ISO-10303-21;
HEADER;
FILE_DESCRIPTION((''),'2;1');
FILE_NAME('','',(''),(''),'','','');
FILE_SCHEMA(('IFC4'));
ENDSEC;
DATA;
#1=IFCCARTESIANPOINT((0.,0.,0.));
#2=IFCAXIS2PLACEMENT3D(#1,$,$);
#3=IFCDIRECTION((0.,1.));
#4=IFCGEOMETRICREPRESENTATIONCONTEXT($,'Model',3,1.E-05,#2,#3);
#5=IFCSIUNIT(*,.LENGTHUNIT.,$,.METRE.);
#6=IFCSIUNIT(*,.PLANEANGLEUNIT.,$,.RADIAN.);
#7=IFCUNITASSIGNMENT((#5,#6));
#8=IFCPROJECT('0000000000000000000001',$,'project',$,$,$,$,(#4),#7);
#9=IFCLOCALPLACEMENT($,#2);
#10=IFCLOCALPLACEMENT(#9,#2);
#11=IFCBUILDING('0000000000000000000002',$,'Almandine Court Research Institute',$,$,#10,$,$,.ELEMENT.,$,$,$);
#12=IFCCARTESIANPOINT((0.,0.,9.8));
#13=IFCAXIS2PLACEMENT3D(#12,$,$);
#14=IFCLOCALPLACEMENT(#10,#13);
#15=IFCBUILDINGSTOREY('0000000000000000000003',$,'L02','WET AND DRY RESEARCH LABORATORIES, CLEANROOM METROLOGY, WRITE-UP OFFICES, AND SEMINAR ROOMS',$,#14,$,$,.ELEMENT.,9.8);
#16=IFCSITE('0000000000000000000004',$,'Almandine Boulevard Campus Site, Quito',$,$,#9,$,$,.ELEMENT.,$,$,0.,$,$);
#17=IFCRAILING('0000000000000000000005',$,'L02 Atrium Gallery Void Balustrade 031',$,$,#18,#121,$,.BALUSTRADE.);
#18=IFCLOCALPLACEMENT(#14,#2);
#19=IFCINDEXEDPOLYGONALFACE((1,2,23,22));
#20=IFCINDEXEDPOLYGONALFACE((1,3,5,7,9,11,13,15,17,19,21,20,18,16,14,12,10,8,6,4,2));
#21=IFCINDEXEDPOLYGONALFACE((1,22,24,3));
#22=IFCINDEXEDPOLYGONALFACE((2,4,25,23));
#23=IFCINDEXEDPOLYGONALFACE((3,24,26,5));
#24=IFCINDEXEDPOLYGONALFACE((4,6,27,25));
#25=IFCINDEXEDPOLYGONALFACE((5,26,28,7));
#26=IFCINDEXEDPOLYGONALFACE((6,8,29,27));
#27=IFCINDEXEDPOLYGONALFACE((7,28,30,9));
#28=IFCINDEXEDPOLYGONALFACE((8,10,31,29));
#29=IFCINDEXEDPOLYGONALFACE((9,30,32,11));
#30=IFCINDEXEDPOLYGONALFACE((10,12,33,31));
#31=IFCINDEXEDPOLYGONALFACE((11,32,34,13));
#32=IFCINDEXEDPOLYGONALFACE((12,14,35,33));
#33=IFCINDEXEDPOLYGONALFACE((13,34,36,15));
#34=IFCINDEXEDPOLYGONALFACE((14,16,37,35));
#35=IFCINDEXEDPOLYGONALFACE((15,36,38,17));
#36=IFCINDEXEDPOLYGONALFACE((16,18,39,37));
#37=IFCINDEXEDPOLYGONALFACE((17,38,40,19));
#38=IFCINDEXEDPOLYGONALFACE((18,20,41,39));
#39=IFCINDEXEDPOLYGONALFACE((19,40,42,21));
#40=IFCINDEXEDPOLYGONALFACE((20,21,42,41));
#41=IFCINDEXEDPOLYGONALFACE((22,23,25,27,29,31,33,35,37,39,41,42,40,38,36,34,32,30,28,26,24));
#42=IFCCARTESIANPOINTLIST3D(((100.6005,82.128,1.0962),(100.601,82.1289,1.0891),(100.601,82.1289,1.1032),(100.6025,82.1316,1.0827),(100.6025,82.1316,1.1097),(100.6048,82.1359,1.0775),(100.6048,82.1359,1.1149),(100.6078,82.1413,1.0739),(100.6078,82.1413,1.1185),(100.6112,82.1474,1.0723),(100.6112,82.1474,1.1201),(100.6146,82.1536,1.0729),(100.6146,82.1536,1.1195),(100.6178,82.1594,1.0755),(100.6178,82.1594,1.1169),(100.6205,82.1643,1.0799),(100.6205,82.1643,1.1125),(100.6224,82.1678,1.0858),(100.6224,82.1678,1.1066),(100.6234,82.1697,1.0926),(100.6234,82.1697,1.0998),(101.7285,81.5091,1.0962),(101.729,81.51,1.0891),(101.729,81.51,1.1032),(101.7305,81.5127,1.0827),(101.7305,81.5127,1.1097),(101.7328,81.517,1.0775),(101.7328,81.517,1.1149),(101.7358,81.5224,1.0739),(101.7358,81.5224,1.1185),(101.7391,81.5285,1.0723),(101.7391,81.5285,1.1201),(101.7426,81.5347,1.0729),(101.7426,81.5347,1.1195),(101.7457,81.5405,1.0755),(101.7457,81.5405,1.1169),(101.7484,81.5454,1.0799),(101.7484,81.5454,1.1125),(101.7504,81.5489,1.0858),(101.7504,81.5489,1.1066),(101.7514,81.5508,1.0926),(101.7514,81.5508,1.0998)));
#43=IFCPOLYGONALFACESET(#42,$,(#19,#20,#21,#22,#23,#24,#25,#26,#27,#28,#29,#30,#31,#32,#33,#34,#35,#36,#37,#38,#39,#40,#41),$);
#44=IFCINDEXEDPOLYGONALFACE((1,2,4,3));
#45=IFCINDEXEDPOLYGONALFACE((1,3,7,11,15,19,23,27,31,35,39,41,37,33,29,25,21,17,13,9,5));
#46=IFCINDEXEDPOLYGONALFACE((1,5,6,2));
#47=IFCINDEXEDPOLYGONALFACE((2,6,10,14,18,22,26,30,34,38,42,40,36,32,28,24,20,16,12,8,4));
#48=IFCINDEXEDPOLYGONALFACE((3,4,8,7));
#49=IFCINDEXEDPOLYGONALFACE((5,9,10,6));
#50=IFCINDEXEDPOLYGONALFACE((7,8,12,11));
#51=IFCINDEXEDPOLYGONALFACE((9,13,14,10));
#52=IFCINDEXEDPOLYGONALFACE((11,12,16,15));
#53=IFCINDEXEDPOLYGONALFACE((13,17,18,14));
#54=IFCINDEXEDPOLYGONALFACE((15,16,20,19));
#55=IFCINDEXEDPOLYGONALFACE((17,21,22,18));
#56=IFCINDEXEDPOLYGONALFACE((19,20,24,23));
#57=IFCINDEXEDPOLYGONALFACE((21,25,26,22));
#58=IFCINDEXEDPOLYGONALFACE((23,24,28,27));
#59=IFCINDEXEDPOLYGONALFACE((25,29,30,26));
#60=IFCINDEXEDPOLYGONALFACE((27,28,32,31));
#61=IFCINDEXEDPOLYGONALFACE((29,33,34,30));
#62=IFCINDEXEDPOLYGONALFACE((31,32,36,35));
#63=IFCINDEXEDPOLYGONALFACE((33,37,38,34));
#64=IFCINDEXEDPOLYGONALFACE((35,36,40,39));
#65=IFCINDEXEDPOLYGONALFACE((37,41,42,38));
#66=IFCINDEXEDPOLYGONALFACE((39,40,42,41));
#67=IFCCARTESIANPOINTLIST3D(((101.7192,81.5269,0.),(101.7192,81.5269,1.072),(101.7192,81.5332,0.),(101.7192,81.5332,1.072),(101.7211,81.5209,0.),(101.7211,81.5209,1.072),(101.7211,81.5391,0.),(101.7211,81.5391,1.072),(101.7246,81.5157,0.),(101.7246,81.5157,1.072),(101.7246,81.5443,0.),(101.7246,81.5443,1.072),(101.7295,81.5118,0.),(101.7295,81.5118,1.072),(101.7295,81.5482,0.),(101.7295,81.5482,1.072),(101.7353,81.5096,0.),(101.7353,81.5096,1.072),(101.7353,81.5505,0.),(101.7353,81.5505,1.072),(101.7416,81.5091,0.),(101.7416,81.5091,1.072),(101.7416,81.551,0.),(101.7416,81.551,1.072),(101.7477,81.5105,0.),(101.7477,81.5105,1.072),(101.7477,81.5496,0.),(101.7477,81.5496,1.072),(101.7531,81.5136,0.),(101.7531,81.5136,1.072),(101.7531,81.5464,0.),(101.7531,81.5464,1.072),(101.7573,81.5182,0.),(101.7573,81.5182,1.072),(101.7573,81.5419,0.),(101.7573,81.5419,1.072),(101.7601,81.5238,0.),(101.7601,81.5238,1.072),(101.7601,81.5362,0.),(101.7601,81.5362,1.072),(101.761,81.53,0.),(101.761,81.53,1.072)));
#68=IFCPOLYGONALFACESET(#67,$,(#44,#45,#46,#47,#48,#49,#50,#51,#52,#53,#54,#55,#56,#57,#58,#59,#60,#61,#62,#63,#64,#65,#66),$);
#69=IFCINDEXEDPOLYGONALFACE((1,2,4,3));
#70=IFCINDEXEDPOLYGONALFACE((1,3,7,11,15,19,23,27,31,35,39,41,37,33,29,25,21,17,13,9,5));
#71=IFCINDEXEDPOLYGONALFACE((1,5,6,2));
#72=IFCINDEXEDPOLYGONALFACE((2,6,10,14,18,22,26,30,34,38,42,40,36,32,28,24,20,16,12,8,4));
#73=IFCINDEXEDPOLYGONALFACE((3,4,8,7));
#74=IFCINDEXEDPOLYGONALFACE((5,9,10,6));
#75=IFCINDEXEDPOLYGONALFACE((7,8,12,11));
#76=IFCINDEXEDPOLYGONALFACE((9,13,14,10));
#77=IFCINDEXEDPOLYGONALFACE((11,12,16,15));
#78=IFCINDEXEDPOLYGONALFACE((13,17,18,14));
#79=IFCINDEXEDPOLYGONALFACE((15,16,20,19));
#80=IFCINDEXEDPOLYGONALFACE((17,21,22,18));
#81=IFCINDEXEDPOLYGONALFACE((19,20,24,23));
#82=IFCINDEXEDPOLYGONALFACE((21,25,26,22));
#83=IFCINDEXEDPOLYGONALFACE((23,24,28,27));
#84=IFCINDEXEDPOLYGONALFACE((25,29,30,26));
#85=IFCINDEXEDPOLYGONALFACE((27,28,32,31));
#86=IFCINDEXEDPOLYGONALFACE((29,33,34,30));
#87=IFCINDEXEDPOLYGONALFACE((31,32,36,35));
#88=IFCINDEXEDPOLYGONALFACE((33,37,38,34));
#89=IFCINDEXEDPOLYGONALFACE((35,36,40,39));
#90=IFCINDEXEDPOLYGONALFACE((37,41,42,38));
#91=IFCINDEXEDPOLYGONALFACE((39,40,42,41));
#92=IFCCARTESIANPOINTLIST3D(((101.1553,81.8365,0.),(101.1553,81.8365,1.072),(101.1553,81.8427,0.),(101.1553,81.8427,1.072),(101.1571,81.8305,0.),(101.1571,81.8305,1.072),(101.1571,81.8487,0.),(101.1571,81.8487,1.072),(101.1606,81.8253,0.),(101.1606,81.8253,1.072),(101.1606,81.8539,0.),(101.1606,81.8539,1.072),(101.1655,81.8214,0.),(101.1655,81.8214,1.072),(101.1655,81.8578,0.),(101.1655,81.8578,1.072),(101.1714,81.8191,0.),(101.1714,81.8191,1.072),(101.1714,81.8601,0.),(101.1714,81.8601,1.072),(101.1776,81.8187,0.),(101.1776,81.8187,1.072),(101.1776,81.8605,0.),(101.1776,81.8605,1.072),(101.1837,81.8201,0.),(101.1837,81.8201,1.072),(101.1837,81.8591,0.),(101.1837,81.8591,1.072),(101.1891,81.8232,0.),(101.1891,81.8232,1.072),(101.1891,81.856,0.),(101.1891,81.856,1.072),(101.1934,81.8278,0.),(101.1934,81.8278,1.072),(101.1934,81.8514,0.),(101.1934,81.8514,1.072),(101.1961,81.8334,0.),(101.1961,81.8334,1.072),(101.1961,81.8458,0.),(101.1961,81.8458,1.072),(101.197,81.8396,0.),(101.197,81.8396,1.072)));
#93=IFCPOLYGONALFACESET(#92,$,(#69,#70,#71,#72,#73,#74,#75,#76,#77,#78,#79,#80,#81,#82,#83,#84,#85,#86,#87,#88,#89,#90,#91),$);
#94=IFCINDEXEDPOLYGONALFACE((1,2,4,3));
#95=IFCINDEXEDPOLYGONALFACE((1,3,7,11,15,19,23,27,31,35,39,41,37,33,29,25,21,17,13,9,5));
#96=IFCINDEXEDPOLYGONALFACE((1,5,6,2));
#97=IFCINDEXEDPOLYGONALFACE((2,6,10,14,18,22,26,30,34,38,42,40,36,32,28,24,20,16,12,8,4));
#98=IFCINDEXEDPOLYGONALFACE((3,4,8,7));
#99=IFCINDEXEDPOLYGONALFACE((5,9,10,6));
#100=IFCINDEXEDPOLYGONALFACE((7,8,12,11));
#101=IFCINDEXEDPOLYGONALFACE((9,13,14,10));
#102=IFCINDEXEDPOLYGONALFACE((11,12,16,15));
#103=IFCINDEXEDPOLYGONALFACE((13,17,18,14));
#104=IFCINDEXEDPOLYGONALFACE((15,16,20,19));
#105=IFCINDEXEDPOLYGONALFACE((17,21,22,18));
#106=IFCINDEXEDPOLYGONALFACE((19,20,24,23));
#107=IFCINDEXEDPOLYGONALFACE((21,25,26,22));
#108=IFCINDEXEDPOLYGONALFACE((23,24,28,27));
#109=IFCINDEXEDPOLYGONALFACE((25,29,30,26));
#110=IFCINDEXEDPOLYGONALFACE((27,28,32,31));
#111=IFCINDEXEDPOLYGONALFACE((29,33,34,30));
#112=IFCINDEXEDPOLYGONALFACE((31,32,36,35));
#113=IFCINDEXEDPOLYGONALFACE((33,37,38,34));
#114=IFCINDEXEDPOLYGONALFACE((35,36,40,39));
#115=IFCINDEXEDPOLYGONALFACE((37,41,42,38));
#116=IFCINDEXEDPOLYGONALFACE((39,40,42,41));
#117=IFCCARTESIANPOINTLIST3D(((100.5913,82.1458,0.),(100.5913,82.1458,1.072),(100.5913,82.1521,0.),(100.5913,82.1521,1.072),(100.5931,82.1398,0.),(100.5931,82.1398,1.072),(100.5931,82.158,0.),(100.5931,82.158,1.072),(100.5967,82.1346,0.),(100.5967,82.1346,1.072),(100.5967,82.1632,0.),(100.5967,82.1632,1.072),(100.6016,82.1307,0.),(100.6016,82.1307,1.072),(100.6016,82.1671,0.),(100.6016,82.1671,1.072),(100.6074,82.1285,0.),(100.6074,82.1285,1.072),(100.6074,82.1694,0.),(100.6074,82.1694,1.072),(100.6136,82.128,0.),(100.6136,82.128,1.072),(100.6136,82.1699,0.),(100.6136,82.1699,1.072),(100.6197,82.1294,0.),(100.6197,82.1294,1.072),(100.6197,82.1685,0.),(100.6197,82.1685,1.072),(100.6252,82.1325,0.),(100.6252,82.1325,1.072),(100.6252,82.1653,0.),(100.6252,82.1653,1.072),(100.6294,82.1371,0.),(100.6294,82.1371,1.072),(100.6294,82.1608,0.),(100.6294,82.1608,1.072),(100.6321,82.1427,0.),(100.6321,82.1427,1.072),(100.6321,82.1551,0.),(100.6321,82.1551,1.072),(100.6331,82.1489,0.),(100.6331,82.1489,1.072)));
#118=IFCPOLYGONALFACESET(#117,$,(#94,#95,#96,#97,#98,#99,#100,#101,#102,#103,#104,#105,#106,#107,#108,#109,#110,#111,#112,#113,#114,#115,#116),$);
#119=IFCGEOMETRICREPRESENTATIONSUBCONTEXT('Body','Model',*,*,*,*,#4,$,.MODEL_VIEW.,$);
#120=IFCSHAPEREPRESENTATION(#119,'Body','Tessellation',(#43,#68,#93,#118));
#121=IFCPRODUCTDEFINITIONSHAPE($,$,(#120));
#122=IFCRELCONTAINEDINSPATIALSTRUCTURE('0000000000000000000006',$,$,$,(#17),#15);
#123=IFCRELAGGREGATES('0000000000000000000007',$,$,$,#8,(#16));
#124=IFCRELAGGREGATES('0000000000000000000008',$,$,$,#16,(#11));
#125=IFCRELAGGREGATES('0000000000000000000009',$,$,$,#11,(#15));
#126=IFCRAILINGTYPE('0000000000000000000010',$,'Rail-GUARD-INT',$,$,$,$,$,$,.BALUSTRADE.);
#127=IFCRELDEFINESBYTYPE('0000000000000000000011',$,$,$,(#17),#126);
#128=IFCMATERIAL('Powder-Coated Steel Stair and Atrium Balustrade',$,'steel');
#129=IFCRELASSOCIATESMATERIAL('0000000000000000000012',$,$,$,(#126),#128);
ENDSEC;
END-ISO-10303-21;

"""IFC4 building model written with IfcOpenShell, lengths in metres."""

from ifc_helpers import new_model, si_unit, direction, frame, origin, origin_2d, place, context, subcontext, project, spatial, circle, extrude, material, type_object, element, save


model = new_model("IFC4")

# Units and contexts
model_context = context("Model", 3, precision=1e-05, world=origin(), true_north=direction((0.0, 1.0)))
body_context = subcontext(model_context, "Body", "Model", "MODEL_VIEW")
ifc_project = project(units=[si_unit("LENGTHUNIT", "METRE"), si_unit("PLANEANGLEUNIT", "RADIAN")], contexts=[model_context])

# Site, building, storey
site_placement = place(None, origin())
site = spatial("IfcSite", under=ifc_project, at=site_placement, Name="Almandine Boulevard Campus Site, Quito", CompositionType="ELEMENT", RefElevation=0.0)
building_placement = place(site_placement, origin())
building = spatial("IfcBuilding", under=site, at=building_placement, Name="Almandine Court Research Institute", CompositionType="ELEMENT")
storey_placement = place(building_placement, frame((0.0, 0.0, 9.8)))
storey = spatial("IfcBuildingStorey", under=building, at=storey_placement, Name="L02", Description="WET AND DRY RESEARCH LABORATORIES, CLEANROOM METROLOGY, WRITE-UP OFFICES, AND SEMINAR ROOMS", CompositionType="ELEMENT", Elevation=9.8)

# Railing
ifc_material_1 = material(Name="Powder-Coated Steel Stair and Atrium Balustrade", Category="steel")
railing_type = type_object("IfcRailingType", Name="Rail-GUARD-INT", PredefinedType="BALUSTRADE", material=ifc_material_1)
railing_1_placement = place(storey_placement, frame((101.74, 81.53, 0.0)))
element("IfcRailing", 1, at=railing_1_placement, inside=storey, type_object=railing_type, Name="L02 Atrium Gallery Void Balustrade 031", PredefinedType="BALUSTRADE", context=body_context, shape_type="SweptSolid", body=[
    extrude(circle(Radius=0.0239, at=origin_2d()), frame((0.0, 0.0, 1.0962), z_axis=(-0.876696, 0.481044, 0.0), x_axis=(-0.481044, -0.876696, 0.0)), (0.0, 0.0, 1.0), 1.2866),
    extrude(circle(Radius=0.021, at=origin_2d()), origin(), (0.0, 0.0, 1.0), 1.072),
    extrude(circle(Radius=0.021, at=origin_2d()), frame((-0.564, 0.3096, 0.0)), (0.0, 0.0, 1.0), 1.072),
    extrude(circle(Radius=0.021, at=origin_2d()), frame((-1.1279, 0.6189, 0.0)), (0.0, 0.0, 1.0), 1.072),
])

save(model, "model.ifc")
